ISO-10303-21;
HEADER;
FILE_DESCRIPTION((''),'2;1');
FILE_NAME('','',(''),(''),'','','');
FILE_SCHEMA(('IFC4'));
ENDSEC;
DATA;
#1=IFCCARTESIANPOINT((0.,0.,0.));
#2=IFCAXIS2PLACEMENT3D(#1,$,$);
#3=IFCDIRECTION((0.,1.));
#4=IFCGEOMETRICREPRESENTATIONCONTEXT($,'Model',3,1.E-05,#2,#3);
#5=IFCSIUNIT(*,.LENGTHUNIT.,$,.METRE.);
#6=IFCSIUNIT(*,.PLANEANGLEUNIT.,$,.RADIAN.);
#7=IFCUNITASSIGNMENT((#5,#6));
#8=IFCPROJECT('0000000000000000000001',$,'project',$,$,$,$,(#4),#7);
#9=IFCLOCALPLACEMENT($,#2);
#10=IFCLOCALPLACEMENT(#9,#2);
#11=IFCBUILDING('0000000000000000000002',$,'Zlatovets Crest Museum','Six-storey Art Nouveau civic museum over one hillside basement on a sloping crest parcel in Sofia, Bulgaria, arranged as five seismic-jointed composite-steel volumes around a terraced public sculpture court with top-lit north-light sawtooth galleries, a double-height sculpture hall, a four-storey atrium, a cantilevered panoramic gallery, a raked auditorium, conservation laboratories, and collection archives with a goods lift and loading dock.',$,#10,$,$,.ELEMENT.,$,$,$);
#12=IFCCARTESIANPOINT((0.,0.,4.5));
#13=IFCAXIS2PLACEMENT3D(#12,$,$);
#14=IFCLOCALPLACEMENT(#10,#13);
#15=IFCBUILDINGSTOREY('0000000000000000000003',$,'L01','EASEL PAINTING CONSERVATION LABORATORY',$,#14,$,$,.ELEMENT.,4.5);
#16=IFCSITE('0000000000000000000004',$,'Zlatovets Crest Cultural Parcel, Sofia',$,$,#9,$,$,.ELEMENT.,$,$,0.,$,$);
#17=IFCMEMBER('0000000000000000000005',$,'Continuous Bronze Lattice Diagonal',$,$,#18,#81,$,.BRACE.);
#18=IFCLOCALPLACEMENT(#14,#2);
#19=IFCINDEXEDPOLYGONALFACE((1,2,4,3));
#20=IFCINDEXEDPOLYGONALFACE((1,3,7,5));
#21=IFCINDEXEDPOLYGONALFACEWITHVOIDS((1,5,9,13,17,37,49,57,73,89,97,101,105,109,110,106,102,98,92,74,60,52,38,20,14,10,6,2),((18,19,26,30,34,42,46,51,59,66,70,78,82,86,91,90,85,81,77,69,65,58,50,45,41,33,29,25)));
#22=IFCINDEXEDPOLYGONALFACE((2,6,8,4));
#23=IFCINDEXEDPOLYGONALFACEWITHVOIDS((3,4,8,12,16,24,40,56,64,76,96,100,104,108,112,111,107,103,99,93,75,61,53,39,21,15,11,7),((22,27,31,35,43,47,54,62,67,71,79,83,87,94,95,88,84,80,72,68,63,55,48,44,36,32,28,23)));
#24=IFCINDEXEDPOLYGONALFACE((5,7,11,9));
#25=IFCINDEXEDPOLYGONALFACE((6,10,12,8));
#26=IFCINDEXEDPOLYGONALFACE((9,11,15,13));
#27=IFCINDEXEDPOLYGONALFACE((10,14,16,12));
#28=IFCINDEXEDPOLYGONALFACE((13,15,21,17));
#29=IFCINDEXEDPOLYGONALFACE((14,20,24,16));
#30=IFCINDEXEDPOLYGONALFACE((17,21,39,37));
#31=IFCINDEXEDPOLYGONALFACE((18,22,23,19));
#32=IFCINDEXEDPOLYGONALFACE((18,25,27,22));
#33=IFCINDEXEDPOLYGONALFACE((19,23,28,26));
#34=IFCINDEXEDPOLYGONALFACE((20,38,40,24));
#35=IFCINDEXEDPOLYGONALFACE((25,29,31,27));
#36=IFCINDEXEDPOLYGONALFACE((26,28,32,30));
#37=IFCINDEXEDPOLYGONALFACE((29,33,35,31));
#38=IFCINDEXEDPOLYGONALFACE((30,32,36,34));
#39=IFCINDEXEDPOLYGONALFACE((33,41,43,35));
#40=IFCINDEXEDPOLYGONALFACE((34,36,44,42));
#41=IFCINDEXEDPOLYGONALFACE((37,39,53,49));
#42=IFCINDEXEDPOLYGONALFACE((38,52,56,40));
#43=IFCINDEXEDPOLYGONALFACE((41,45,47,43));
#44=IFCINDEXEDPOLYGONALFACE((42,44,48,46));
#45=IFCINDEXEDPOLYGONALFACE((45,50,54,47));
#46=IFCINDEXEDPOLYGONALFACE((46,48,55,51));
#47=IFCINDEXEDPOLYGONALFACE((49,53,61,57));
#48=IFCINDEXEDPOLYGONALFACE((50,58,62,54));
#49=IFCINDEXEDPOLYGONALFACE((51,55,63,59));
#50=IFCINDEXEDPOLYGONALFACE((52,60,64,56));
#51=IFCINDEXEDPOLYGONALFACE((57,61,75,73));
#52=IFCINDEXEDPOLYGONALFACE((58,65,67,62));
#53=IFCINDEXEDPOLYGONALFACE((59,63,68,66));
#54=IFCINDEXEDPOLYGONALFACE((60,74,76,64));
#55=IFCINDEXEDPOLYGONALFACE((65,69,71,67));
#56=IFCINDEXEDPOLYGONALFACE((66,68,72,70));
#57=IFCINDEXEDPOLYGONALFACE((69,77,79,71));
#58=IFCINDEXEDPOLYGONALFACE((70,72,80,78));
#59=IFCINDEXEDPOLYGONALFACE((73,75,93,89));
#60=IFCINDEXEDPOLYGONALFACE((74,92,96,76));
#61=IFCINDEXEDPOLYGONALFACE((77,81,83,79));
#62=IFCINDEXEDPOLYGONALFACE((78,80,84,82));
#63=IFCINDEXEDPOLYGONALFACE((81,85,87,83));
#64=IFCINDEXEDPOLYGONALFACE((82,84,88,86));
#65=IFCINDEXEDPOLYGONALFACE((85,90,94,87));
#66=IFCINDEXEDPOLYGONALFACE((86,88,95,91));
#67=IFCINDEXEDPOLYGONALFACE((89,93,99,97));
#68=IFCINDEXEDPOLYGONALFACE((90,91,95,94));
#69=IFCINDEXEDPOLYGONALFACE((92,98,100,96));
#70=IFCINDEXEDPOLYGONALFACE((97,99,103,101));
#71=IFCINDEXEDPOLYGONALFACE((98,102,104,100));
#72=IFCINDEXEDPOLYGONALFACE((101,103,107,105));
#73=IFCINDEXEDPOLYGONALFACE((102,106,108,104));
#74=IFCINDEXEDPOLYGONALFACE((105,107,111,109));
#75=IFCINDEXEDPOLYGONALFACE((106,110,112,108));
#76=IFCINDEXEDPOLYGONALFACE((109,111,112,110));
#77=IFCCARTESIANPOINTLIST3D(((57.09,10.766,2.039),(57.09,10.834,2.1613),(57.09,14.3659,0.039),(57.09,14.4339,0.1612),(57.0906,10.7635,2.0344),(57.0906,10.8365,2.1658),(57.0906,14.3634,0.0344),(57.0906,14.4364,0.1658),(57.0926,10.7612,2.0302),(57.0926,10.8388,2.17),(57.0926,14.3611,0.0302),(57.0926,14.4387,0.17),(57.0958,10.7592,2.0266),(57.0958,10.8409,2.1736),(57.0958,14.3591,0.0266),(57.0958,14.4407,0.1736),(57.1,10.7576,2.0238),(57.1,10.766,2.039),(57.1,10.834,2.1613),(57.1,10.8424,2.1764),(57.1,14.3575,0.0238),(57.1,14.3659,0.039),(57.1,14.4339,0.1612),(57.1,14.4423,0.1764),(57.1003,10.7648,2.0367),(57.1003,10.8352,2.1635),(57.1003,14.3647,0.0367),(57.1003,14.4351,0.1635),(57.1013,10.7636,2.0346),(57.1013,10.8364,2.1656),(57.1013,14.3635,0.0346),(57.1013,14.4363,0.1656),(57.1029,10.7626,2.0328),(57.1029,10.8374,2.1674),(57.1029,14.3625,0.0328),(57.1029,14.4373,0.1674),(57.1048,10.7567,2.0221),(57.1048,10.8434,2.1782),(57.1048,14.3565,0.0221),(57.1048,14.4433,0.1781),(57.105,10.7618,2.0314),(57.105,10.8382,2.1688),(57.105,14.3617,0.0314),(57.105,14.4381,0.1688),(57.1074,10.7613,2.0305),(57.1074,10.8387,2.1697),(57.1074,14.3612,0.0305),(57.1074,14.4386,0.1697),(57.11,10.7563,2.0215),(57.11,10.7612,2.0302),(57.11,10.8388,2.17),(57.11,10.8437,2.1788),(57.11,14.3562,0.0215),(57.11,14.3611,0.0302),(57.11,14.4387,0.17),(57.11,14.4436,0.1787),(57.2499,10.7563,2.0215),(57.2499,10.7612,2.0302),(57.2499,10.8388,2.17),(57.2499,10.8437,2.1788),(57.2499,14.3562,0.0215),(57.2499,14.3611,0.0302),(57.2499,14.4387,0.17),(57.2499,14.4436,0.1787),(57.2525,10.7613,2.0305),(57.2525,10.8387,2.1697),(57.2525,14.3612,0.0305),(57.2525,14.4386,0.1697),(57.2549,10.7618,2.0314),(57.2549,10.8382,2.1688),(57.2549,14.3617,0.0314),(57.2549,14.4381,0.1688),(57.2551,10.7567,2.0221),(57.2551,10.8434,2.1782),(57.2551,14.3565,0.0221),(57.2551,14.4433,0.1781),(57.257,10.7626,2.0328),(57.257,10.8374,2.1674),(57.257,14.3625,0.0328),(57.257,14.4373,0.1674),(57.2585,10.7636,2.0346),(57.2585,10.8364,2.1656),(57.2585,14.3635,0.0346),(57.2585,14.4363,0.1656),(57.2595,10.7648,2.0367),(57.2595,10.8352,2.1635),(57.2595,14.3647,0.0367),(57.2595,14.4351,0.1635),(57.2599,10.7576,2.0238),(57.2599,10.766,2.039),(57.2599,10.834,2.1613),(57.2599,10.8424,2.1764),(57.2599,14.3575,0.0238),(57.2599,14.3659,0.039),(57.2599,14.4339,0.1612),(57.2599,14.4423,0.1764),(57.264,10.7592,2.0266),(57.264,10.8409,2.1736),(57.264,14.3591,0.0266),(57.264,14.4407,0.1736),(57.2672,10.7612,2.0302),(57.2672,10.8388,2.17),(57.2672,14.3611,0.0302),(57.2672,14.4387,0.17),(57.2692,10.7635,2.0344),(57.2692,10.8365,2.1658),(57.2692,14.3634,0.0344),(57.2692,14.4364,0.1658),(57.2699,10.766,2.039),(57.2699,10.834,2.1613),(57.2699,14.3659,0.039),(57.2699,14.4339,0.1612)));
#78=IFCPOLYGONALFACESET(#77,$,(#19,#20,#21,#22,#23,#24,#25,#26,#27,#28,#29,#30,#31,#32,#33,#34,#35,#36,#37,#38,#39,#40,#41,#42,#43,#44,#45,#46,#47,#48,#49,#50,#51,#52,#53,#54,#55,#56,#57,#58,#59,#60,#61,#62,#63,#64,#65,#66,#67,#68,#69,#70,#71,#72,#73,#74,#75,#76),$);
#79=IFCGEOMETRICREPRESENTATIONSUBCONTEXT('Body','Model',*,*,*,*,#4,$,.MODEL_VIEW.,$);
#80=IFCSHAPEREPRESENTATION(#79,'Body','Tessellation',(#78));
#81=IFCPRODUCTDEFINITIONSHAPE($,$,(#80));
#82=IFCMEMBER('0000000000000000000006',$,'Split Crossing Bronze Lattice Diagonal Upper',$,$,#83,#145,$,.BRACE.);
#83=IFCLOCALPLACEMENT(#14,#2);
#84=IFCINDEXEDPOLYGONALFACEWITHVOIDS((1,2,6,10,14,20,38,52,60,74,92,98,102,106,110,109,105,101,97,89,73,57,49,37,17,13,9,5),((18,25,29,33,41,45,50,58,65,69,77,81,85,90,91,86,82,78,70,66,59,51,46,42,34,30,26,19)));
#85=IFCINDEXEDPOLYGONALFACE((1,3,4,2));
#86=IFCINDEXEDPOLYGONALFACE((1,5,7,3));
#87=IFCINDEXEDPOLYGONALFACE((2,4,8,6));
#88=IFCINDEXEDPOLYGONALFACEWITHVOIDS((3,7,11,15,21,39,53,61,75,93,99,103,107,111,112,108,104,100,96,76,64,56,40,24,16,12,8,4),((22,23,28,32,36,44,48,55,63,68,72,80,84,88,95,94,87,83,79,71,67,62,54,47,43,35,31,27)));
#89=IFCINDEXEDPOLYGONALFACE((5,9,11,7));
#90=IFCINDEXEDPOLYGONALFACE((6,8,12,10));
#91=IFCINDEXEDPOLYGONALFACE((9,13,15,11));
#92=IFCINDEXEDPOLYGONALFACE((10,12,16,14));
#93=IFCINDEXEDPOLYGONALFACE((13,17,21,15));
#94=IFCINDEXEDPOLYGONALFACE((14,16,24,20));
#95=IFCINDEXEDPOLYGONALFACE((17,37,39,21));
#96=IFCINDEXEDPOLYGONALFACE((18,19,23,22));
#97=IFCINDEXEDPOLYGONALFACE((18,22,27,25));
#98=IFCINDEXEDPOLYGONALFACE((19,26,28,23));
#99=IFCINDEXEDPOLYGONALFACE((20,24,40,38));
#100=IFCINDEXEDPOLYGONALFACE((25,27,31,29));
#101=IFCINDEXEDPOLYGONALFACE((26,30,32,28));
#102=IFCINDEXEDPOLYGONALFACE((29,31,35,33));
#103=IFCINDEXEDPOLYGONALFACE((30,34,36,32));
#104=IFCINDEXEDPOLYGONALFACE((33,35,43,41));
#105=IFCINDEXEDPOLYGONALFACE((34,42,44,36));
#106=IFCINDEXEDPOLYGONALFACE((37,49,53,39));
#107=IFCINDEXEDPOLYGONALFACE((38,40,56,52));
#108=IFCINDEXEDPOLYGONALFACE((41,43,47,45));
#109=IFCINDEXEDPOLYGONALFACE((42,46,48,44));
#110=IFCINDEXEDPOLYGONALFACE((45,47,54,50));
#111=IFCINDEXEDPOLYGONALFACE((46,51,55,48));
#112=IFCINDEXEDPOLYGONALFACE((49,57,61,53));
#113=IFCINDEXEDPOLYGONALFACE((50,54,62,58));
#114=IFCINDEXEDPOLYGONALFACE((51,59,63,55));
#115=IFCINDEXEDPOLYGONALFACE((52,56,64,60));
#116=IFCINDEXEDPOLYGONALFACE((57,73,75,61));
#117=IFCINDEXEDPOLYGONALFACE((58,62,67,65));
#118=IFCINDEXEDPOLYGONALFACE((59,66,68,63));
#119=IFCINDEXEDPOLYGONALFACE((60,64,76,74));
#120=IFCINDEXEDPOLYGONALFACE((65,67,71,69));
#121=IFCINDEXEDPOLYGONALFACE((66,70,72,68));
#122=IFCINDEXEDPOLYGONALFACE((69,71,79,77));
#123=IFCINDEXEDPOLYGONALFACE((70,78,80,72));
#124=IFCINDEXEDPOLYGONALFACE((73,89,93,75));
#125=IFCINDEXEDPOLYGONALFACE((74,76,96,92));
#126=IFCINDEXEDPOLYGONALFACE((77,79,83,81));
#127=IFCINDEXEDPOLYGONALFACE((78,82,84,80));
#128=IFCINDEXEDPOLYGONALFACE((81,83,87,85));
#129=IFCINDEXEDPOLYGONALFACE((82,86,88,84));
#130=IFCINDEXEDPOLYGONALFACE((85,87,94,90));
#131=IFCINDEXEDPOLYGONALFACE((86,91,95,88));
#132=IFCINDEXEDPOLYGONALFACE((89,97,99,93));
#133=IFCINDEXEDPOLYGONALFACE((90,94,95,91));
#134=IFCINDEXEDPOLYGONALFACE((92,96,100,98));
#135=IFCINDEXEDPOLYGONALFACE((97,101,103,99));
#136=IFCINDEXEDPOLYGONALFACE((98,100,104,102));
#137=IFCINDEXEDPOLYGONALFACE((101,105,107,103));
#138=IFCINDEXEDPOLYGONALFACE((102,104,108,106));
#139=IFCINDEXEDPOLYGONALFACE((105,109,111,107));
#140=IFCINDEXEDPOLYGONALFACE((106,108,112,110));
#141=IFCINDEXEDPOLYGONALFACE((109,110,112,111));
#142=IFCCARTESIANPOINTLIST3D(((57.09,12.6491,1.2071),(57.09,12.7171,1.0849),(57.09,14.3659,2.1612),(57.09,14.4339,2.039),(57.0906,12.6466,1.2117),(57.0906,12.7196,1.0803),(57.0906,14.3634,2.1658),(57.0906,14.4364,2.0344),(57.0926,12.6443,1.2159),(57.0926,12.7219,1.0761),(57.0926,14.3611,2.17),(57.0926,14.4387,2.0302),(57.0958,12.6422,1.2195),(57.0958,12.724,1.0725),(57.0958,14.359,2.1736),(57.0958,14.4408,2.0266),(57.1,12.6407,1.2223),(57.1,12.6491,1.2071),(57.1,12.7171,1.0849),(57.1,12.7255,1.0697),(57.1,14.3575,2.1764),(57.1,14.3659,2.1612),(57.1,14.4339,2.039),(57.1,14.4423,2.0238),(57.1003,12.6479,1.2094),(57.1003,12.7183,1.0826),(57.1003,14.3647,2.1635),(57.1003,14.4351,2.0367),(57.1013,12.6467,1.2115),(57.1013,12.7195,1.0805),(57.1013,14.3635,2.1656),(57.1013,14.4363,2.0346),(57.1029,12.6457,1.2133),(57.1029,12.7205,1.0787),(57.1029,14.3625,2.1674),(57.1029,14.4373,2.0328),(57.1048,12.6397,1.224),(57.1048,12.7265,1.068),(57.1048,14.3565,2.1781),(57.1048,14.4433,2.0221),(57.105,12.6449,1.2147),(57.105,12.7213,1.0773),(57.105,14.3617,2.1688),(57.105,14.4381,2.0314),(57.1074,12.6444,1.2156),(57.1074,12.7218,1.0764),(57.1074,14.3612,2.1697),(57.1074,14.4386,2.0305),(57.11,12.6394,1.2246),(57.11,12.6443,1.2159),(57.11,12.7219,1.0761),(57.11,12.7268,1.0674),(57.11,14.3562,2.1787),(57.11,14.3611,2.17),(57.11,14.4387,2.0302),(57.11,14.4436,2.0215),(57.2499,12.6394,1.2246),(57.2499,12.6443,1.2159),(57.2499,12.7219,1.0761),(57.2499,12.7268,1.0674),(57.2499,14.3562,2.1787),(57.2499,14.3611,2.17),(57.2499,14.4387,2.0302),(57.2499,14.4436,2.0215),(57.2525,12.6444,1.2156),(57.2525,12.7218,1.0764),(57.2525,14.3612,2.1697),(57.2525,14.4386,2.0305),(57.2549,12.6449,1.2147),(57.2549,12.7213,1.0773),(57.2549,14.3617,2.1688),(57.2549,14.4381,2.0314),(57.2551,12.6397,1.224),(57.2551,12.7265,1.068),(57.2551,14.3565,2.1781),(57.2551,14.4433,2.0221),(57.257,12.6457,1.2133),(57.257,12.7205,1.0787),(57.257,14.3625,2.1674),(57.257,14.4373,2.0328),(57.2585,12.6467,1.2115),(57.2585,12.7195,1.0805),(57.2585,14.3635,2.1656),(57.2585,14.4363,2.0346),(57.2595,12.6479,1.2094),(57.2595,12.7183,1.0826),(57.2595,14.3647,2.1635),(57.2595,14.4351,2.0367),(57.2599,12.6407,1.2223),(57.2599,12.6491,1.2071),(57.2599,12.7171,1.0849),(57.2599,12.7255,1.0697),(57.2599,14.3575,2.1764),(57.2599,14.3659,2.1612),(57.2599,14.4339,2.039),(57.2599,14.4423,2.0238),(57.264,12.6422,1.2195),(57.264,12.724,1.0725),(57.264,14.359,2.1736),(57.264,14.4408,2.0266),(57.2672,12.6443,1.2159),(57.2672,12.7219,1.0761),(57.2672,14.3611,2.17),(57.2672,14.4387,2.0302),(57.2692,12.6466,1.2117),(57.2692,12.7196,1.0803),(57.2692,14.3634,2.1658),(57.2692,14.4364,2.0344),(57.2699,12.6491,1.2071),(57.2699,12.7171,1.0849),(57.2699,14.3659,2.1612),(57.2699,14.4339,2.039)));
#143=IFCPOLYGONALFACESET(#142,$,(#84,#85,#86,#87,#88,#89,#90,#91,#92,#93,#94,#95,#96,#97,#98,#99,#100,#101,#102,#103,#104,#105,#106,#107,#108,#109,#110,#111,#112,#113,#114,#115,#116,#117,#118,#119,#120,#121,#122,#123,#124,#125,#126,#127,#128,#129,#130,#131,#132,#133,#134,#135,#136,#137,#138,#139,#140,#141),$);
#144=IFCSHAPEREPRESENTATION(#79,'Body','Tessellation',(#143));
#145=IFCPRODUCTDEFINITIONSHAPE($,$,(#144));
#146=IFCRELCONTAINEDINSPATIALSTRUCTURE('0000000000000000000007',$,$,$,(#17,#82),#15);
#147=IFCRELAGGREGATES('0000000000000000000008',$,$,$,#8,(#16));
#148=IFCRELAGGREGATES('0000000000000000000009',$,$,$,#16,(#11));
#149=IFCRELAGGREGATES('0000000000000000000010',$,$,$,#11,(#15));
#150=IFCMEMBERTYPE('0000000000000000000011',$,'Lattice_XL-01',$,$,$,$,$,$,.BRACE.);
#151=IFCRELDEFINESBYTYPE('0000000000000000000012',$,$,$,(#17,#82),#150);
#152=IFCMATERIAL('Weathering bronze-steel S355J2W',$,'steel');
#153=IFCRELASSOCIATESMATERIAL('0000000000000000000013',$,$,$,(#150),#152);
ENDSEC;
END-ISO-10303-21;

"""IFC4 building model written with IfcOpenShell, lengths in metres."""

from ifc_helpers import new_model, si_unit, direction, frame, origin, origin_2d, place, context, subcontext, project, spatial, hollow_rectangle, extrude, material, material_profile, profile_set, type_object, element, save


model = new_model("IFC4")

# Units and contexts
model_context = context("Model", 3, precision=1e-05, world=origin(), true_north=direction((0.0, 1.0)))
body_context = subcontext(model_context, "Body", "Model", "MODEL_VIEW")
ifc_project = project(units=[si_unit("LENGTHUNIT", "METRE"), si_unit("PLANEANGLEUNIT", "RADIAN")], contexts=[model_context])

# Site, building, storey
site_placement = place(None, origin())
site = spatial("IfcSite", under=ifc_project, at=site_placement, Name="Zlatovets Crest Cultural Parcel, Sofia", CompositionType="ELEMENT", RefElevation=0.0)
building_placement = place(site_placement, origin())
building = spatial("IfcBuilding", under=site, at=building_placement, Name="Zlatovets Crest Museum", Description="Six-storey Art Nouveau civic museum over one hillside basement on a sloping crest parcel in Sofia, Bulgaria, arranged as five seismic-jointed composite-steel volumes around a terraced public sculpture court with top-lit north-light sawtooth galleries, a double-height sculpture hall, a four-storey atrium, a cantilevered panoramic gallery, a raked auditorium, conservation laboratories, and collection archives with a goods lift and loading dock.", CompositionType="ELEMENT")
storey_placement = place(building_placement, frame((0.0, 0.0, 4.5)))
storey = spatial("IfcBuildingStorey", under=building, at=storey_placement, Name="L01", Description="EASEL PAINTING CONSERVATION LABORATORY", CompositionType="ELEMENT", Elevation=4.5)

# Members
ifc_material_1 = material(Name="Weathering bronze-steel S355J2W", Category="steel")
ifc_material_profile_1 = material_profile(ifc_material_1, hollow_rectangle(XDim=0.1799, YDim=0.1799, WallThickness=0.01, InnerFilletRadius=0.01, OuterFilletRadius=0.02, at=origin_2d()), Name="SHS 180x180x10.0")
ifc_profile_set_1 = profile_set([ifc_material_profile_1], Name="Weathering bronze-steel S355J2W")
member_type_1 = type_object("IfcMemberType", Name="Lattice_XL-01", PredefinedType="BRACE", material=ifc_profile_set_1)
member_1_placement = place(storey_placement, frame((57.1799, 14.3999, 0.1001), z_axis=(0.0, -0.874149, 0.485658), x_axis=(1.0, 0.0, 0.0)))
element("IfcMember", 1, at=member_1_placement, inside=storey, type_object=member_type_1, Name="Continuous Bronze Lattice Diagonal", PredefinedType="BRACE", context=body_context, shape_type="SweptSolid", body=[
    extrude(hollow_rectangle(XDim=0.1799, YDim=0.1799, WallThickness=0.01, InnerFilletRadius=0.01, OuterFilletRadius=0.02, at=origin_2d()), origin(), (0.0, 0.0, 1.0), 4.1182),
])
for number, where, z_axis, x_axis, name in (
    (2, (57.1799, 14.3999, 2.1001), (0.0, -0.874087, -0.48577), (1.0, 0.0, 0.0), "Split Crossing Bronze Lattice Diagonal Upper"),
):
    element("IfcMember", number, at=place(storey_placement, frame(where, z_axis=z_axis, x_axis=x_axis)), inside=storey, type_object=member_type_1, Name=name, PredefinedType="BRACE", context=body_context, shape_type="SweptSolid", body=[
        extrude(hollow_rectangle(XDim=0.1799, YDim=0.1799, WallThickness=0.01, InnerFilletRadius=0.01, OuterFilletRadius=0.02, at=origin_2d()), origin(), (0.0, 0.0, 1.0), 1.9641),
    ])

save(model, "model.ifc")
